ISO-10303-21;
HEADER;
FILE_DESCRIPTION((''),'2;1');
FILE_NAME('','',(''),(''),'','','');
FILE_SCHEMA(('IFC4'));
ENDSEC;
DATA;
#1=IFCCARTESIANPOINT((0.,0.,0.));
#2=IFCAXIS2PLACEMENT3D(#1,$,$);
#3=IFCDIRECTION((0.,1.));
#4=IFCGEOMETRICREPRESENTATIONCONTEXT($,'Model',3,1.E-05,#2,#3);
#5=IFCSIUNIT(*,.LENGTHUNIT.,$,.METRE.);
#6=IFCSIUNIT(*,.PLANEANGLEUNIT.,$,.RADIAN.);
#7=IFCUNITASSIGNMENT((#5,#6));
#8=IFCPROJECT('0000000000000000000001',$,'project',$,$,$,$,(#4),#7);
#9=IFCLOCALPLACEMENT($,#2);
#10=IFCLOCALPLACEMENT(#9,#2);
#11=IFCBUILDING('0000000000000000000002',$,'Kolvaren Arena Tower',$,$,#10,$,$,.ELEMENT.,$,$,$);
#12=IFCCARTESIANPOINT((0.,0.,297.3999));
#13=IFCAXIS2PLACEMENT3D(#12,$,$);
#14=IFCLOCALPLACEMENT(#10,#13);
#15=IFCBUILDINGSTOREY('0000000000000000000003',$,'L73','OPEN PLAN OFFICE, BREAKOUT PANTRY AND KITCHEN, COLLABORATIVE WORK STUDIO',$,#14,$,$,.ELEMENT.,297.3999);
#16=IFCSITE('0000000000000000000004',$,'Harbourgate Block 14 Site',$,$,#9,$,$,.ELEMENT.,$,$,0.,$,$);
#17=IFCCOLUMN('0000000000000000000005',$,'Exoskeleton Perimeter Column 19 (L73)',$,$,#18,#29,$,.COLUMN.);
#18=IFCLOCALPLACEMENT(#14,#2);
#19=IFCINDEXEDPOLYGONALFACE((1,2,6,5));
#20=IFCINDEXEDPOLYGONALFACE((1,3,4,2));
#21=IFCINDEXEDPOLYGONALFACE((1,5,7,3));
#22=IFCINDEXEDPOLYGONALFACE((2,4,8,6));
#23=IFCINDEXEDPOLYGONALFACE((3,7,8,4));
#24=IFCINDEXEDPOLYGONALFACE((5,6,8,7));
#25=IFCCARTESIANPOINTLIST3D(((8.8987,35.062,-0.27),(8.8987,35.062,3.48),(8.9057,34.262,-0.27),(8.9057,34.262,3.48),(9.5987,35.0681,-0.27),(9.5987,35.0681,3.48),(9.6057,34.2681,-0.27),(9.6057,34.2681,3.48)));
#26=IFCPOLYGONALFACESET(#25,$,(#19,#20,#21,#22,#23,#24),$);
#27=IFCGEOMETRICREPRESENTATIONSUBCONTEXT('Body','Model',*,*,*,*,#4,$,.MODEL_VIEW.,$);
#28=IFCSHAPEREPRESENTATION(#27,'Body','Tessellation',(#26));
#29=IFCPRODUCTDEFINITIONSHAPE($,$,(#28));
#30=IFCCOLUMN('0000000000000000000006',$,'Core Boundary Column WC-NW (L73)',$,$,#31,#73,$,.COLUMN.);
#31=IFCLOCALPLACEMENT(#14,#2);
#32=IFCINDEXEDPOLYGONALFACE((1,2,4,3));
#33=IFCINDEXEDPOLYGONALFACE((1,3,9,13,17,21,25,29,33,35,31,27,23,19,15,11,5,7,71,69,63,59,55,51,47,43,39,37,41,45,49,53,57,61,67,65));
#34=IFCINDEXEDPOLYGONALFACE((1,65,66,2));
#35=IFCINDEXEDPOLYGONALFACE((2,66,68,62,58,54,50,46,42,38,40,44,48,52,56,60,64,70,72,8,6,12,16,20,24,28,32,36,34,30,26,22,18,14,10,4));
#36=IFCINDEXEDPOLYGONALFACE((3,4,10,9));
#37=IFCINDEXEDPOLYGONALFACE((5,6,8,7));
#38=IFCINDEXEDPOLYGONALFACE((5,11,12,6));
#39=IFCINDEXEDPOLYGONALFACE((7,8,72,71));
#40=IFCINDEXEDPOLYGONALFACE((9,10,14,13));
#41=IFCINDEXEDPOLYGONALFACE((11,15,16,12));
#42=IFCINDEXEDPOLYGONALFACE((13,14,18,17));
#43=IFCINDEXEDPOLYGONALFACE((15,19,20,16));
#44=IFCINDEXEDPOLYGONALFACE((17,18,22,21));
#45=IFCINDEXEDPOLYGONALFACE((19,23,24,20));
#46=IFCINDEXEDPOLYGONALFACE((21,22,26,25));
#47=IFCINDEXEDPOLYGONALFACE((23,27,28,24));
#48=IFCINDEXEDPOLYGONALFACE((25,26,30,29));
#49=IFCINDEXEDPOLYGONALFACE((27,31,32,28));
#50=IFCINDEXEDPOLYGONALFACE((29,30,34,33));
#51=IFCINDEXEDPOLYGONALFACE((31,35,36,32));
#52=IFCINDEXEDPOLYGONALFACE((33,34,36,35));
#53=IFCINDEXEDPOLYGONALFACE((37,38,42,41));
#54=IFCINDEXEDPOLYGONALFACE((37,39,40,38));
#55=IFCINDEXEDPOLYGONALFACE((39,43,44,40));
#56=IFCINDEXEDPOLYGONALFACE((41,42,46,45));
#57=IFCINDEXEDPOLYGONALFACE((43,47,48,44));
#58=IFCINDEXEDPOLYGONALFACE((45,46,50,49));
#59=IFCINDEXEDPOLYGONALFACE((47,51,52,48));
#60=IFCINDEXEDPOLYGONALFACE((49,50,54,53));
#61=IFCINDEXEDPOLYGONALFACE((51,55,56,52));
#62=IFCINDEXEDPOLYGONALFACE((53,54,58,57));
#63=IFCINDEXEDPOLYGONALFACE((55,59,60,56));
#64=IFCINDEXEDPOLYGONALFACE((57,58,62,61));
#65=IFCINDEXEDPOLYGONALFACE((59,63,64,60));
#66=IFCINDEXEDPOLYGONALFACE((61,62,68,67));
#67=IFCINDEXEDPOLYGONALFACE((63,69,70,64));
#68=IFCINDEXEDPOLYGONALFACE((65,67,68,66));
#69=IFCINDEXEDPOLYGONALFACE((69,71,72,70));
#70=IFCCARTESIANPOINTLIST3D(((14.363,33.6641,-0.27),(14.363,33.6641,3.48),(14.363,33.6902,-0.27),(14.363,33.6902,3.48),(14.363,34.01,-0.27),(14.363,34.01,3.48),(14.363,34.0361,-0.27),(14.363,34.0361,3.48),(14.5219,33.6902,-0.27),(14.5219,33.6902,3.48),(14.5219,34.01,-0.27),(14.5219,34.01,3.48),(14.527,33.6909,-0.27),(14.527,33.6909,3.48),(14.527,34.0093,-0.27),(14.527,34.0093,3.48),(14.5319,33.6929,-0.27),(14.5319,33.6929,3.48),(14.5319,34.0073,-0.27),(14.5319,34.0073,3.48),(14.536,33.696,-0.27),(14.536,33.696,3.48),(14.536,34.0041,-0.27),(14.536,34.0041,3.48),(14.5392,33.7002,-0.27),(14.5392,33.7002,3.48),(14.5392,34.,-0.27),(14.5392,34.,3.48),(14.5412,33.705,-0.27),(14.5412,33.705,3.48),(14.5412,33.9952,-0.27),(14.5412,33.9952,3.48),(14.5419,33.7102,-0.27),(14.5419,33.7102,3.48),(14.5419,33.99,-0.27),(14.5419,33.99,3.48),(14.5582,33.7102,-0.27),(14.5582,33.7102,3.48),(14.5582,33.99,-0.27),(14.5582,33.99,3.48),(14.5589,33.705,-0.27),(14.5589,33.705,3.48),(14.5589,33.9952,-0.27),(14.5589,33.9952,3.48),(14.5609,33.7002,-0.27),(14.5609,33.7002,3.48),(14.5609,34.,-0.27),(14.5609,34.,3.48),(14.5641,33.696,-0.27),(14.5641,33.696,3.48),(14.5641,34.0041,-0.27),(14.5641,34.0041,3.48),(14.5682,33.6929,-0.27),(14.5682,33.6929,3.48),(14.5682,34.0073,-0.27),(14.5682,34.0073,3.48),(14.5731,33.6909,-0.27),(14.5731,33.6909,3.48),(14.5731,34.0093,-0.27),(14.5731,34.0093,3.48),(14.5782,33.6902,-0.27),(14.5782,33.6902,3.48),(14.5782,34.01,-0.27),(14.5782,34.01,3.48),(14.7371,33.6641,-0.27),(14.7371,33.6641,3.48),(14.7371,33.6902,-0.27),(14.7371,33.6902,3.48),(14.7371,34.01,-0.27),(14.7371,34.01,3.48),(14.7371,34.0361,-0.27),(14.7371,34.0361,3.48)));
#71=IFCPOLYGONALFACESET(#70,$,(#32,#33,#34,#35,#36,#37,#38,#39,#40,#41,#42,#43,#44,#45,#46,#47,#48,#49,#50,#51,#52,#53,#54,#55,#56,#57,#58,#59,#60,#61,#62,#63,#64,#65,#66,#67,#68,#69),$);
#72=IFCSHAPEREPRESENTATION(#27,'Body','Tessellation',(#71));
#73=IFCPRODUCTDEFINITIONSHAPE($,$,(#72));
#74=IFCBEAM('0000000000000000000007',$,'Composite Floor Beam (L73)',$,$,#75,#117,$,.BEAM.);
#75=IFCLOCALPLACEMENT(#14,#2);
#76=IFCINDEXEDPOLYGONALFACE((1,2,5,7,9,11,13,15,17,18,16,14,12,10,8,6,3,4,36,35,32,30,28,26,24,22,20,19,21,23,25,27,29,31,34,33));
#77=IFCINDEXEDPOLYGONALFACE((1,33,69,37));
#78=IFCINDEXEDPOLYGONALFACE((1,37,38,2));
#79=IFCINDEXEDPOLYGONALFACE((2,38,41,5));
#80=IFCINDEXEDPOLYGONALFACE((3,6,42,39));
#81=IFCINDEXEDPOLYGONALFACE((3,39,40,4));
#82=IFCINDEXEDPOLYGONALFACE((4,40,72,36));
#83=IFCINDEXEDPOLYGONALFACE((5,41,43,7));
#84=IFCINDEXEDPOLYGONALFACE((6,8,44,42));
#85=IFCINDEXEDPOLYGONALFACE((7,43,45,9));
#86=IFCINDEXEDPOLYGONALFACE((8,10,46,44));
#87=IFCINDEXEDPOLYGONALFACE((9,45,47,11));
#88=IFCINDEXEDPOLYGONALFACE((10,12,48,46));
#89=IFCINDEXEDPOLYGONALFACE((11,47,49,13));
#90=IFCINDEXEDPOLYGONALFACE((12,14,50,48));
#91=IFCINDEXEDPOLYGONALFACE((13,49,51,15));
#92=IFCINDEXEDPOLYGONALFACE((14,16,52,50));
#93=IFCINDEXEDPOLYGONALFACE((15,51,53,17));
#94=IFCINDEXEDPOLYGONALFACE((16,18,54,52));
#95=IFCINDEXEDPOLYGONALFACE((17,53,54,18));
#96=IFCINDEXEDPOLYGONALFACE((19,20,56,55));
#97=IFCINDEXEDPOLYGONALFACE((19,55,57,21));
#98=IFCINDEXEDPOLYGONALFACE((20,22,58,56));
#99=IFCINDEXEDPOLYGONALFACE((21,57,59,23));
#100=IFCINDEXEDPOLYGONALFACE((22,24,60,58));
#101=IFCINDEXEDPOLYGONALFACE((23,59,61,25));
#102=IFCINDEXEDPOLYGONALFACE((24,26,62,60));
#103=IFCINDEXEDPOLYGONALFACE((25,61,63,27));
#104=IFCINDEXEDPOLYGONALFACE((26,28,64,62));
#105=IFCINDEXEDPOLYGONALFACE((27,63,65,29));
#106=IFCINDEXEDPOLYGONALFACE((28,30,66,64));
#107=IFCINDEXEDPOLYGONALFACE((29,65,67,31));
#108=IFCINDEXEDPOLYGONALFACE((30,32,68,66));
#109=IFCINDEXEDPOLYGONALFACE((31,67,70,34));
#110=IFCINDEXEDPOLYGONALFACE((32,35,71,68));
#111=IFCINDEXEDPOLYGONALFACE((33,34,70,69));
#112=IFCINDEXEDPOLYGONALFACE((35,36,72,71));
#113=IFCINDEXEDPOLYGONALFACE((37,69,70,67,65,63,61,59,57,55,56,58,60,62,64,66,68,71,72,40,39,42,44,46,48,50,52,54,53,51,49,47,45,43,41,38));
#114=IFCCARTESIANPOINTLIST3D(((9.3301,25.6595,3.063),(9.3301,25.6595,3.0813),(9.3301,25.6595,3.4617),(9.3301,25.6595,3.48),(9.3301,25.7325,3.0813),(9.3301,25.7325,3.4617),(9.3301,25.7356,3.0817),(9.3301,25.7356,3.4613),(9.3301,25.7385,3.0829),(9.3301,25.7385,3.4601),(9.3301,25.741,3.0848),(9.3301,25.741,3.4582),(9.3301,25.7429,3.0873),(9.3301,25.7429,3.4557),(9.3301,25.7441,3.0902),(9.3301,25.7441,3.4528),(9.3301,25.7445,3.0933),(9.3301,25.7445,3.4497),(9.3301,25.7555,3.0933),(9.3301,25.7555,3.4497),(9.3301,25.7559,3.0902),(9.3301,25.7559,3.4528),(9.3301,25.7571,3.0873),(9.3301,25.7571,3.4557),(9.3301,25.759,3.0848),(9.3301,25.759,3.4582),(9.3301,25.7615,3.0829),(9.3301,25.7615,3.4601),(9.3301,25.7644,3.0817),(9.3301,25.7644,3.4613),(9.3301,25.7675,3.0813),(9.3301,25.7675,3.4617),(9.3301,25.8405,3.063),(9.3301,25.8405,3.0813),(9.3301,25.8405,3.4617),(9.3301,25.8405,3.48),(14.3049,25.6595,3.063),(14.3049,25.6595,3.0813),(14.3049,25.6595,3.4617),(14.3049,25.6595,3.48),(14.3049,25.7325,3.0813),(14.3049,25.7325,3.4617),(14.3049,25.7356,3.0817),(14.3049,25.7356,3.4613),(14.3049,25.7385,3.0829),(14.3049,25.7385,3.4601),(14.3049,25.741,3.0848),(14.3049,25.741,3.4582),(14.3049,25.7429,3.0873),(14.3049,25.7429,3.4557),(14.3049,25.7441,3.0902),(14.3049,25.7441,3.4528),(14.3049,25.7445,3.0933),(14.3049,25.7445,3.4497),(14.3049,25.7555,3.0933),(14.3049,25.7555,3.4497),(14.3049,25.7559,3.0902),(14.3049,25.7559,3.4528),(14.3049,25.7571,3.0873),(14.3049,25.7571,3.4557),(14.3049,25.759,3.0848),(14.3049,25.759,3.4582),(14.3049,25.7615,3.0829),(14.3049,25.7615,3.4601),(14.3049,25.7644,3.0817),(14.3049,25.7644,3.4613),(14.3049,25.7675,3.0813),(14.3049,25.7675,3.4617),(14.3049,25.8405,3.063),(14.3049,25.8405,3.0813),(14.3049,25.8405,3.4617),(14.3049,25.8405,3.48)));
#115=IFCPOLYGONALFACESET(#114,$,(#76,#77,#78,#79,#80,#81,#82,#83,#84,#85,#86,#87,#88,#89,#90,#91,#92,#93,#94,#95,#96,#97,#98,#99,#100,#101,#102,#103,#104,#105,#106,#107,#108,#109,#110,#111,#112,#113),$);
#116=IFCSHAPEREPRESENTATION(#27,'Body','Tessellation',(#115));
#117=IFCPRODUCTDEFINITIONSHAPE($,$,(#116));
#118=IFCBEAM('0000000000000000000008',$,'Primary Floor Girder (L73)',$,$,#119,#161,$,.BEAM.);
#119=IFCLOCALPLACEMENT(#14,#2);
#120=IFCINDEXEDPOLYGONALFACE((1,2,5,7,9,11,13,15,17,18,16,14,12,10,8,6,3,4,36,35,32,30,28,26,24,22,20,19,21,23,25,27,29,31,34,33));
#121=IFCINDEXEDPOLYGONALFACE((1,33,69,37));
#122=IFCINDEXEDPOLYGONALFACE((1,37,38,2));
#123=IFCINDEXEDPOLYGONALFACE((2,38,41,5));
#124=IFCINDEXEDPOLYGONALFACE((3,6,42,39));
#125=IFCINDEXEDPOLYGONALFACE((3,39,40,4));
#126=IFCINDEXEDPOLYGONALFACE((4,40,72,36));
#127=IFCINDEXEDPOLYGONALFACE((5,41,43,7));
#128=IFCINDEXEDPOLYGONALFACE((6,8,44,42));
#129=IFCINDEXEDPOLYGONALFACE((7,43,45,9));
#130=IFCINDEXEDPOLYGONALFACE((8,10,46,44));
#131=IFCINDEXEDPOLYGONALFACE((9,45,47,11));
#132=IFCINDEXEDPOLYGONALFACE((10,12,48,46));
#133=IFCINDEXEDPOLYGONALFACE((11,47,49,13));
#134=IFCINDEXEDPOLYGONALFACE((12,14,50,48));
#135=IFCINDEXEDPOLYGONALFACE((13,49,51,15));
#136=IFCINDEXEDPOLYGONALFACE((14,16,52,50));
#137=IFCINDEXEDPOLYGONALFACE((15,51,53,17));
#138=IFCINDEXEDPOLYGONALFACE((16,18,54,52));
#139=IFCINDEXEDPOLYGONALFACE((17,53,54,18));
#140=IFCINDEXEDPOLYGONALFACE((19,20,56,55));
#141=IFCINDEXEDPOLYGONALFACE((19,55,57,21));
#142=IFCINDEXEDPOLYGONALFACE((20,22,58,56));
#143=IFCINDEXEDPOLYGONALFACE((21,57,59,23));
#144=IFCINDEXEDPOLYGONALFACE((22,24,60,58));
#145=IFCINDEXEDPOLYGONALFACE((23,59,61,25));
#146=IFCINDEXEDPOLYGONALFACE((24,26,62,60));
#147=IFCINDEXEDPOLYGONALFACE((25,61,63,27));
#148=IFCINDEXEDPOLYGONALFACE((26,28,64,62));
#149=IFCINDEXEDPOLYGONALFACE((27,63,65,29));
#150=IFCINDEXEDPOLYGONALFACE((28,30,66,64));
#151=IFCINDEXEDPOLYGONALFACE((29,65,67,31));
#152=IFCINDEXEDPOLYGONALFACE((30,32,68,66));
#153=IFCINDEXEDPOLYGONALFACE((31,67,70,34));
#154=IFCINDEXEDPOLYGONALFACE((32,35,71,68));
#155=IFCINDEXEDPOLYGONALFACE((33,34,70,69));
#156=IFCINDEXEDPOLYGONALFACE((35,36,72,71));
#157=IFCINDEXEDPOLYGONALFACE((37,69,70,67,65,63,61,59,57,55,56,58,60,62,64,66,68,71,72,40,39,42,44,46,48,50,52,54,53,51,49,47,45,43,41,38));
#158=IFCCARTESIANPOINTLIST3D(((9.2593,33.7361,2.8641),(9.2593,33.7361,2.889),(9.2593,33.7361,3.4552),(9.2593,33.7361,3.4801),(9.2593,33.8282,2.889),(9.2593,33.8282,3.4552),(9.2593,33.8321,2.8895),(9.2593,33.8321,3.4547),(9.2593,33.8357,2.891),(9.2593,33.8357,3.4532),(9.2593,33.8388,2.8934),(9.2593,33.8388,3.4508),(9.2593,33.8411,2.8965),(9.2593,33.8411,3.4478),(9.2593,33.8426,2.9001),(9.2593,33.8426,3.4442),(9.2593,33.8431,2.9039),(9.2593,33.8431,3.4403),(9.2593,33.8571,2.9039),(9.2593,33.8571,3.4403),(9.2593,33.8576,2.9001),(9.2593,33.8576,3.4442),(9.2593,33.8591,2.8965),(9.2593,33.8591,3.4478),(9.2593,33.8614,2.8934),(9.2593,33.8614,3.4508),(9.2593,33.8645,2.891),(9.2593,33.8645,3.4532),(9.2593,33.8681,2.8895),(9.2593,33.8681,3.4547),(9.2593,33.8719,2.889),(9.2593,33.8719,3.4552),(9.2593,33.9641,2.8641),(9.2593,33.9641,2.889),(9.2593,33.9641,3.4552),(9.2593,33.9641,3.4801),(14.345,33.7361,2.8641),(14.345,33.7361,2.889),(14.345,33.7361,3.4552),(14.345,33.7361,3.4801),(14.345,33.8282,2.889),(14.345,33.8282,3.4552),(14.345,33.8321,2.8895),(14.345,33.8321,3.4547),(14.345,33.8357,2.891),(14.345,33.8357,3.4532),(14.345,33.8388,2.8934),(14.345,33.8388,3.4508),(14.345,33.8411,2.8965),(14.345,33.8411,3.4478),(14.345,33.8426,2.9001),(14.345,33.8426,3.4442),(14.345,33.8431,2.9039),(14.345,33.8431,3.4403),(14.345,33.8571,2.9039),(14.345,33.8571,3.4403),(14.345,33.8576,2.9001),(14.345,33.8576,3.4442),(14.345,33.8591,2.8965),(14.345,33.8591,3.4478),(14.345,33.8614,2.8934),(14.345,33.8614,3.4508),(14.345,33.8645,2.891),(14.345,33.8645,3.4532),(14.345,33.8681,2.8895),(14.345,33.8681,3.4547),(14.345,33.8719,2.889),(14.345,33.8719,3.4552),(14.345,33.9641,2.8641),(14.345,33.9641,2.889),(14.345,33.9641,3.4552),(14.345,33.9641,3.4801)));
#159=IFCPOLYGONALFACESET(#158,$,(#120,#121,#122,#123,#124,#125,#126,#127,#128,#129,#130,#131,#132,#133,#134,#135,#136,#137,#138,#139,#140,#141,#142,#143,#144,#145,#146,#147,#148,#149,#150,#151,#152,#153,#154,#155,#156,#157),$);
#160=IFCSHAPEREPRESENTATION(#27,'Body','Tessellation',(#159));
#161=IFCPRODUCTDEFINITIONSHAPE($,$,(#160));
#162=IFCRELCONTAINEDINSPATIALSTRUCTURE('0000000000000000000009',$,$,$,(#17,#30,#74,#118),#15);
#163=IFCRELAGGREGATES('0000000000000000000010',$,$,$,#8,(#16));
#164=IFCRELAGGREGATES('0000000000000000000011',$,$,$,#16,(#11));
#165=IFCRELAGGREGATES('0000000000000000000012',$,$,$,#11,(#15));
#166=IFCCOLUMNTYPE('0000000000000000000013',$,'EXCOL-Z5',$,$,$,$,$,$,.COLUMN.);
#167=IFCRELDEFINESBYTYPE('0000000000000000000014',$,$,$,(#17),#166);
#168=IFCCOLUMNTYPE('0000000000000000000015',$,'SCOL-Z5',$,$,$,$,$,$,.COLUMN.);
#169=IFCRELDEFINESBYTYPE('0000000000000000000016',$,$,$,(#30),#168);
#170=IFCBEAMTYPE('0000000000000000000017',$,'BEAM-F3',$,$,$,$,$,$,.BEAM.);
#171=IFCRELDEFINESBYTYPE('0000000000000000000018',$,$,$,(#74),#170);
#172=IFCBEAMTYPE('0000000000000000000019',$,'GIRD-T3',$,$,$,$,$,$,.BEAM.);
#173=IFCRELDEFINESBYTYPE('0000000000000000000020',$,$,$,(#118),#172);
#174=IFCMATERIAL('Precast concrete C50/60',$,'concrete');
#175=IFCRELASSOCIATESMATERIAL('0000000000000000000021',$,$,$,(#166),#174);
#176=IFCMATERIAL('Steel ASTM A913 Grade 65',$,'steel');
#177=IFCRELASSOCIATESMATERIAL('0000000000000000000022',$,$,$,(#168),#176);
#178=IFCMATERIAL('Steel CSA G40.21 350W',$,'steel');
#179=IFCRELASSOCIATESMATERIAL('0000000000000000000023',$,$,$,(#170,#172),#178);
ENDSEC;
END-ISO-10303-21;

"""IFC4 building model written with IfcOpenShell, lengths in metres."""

from ifc_helpers import new_model, si_unit, direction, frame, origin, origin_2d, place, context, subcontext, project, spatial, rectangle, i_section, extrude, material, material_profile, profile_set, type_object, element, save


model = new_model("IFC4")

# Units and contexts
model_context = context("Model", 3, precision=1e-05, world=origin(), true_north=direction((0.0, 1.0)))
body_context = subcontext(model_context, "Body", "Model", "MODEL_VIEW")
ifc_project = project(units=[si_unit("LENGTHUNIT", "METRE"), si_unit("PLANEANGLEUNIT", "RADIAN")], contexts=[model_context])

# Site, building, storey
site_placement = place(None, origin())
site = spatial("IfcSite", under=ifc_project, at=site_placement, Name="Harbourgate Block 14 Site", CompositionType="ELEMENT", RefElevation=0.0)
building_placement = place(site_placement, origin())
building = spatial("IfcBuilding", under=site, at=building_placement, Name="Kolvaren Arena Tower", CompositionType="ELEMENT")
storey_placement = place(building_placement, frame((0.0, 0.0, 297.3999)))
storey = spatial("IfcBuildingStorey", under=building, at=storey_placement, Name="L73", Description="OPEN PLAN OFFICE, BREAKOUT PANTRY AND KITCHEN, COLLABORATIVE WORK STUDIO", CompositionType="ELEMENT", Elevation=297.3999)

# Columns
ifc_material_1 = material(Name="Precast concrete C50/60", Category="concrete")
ifc_material_profile_1 = material_profile(ifc_material_1, rectangle(XDim=0.8, YDim=0.7, at=origin_2d()), Name="RC-800x700")
ifc_profile_set_1 = profile_set([ifc_material_profile_1], Name="Precast concrete C50/60")
column_type_1 = type_object("IfcColumnType", Name="EXCOL-Z5", PredefinedType="COLUMN", material=ifc_profile_set_1)
column_1_placement = place(storey_placement, frame((9.2522, 34.665, -0.27), z_axis=(0.0, 0.0, 1.0), x_axis=(-0.008727, 0.999962, 0.0)))
element("IfcColumn", 1, at=column_1_placement, inside=storey, type_object=column_type_1, Name="Exoskeleton Perimeter Column 19 (L73)", PredefinedType="COLUMN", context=body_context, shape_type="SweptSolid", body=[
    extrude(rectangle(XDim=0.8, YDim=0.7, at=origin_2d()), origin(), (0.0, 0.0, 1.0), 3.75),
])
ifc_material_2 = material(Name="Steel ASTM A913 Grade 65", Category="steel")
ifc_material_profile_2 = material_profile(ifc_material_2, i_section(OverallWidth=0.374, OverallDepth=0.3721, WebThickness=0.0164, FlangeThickness=0.0261, FilletRadius=0.02, at=origin_2d()), Name="W360x196")
ifc_profile_set_2 = profile_set([ifc_material_profile_2], Name="Steel ASTM A913 Grade 65")
column_type_2 = type_object("IfcColumnType", Name="SCOL-Z5", PredefinedType="COLUMN", material=ifc_profile_set_2)
column_2_placement = place(storey_placement, frame((14.55, 33.8501, -0.27), z_axis=(0.0, 0.0, 1.0), x_axis=(1.0, 0.0, 0.0)))
element("IfcColumn", 2, at=column_2_placement, inside=storey, type_object=column_type_2, Name="Core Boundary Column WC-NW (L73)", PredefinedType="COLUMN", context=body_context, shape_type="SweptSolid", body=[
    extrude(i_section(OverallWidth=0.374, OverallDepth=0.3721, WebThickness=0.0164, FlangeThickness=0.0261, FilletRadius=0.02, at=origin_2d()), origin(), (0.0, 0.0, 1.0), 3.75),
])

# Beams
ifc_material_3 = material(Name="Steel CSA G40.21 350W", Category="steel")
ifc_material_profile_3 = material_profile(ifc_material_3, i_section(OverallWidth=0.1809, OverallDepth=0.417, WebThickness=0.011, FlangeThickness=0.0183, FilletRadius=0.012, at=origin_2d()), Name="W410x85")
ifc_profile_set_3 = profile_set([ifc_material_profile_3], Name="Steel CSA G40.21 350W")
beam_type_1 = type_object("IfcBeamType", Name="BEAM-F3", PredefinedType="BEAM", material=ifc_profile_set_3)
beam_1_placement = place(storey_placement, frame((9.3301, 25.75, 3.2715), z_axis=(1.0, 0.0, 0.0), x_axis=(0.0, 1.0, 0.0)))
element("IfcBeam", 3, at=beam_1_placement, inside=storey, type_object=beam_type_1, Name="Composite Floor Beam (L73)", PredefinedType="BEAM", context=body_context, shape_type="SweptSolid", body=[
    extrude(i_section(OverallWidth=0.1809, OverallDepth=0.417, WebThickness=0.011, FlangeThickness=0.0183, FilletRadius=0.012, at=origin_2d()), origin(), (0.0, 0.0, 1.0), 4.9749),
])
ifc_material_profile_4 = material_profile(ifc_material_3, i_section(OverallWidth=0.228, OverallDepth=0.616, WebThickness=0.0139, FlangeThickness=0.0249, FilletRadius=0.0149, at=origin_2d()), Name="W610x174")
ifc_profile_set_4 = profile_set([ifc_material_profile_4], Name="Steel CSA G40.21 350W")
beam_type_2 = type_object("IfcBeamType", Name="GIRD-T3", PredefinedType="BEAM", material=ifc_profile_set_4)
beam_2_placement = place(storey_placement, frame((9.2593, 33.8501, 3.1721), z_axis=(1.0, 0.0, 0.0), x_axis=(0.0, 1.0, 0.0)))
element("IfcBeam", 4, at=beam_2_placement, inside=storey, type_object=beam_type_2, Name="Primary Floor Girder (L73)", PredefinedType="BEAM", context=body_context, shape_type="SweptSolid", body=[
    extrude(i_section(OverallWidth=0.228, OverallDepth=0.616, WebThickness=0.0139, FlangeThickness=0.0249, FilletRadius=0.0149, at=origin_2d()), origin(), (0.0, 0.0, 1.0), 5.0857),
])

save(model, "model.ifc")
